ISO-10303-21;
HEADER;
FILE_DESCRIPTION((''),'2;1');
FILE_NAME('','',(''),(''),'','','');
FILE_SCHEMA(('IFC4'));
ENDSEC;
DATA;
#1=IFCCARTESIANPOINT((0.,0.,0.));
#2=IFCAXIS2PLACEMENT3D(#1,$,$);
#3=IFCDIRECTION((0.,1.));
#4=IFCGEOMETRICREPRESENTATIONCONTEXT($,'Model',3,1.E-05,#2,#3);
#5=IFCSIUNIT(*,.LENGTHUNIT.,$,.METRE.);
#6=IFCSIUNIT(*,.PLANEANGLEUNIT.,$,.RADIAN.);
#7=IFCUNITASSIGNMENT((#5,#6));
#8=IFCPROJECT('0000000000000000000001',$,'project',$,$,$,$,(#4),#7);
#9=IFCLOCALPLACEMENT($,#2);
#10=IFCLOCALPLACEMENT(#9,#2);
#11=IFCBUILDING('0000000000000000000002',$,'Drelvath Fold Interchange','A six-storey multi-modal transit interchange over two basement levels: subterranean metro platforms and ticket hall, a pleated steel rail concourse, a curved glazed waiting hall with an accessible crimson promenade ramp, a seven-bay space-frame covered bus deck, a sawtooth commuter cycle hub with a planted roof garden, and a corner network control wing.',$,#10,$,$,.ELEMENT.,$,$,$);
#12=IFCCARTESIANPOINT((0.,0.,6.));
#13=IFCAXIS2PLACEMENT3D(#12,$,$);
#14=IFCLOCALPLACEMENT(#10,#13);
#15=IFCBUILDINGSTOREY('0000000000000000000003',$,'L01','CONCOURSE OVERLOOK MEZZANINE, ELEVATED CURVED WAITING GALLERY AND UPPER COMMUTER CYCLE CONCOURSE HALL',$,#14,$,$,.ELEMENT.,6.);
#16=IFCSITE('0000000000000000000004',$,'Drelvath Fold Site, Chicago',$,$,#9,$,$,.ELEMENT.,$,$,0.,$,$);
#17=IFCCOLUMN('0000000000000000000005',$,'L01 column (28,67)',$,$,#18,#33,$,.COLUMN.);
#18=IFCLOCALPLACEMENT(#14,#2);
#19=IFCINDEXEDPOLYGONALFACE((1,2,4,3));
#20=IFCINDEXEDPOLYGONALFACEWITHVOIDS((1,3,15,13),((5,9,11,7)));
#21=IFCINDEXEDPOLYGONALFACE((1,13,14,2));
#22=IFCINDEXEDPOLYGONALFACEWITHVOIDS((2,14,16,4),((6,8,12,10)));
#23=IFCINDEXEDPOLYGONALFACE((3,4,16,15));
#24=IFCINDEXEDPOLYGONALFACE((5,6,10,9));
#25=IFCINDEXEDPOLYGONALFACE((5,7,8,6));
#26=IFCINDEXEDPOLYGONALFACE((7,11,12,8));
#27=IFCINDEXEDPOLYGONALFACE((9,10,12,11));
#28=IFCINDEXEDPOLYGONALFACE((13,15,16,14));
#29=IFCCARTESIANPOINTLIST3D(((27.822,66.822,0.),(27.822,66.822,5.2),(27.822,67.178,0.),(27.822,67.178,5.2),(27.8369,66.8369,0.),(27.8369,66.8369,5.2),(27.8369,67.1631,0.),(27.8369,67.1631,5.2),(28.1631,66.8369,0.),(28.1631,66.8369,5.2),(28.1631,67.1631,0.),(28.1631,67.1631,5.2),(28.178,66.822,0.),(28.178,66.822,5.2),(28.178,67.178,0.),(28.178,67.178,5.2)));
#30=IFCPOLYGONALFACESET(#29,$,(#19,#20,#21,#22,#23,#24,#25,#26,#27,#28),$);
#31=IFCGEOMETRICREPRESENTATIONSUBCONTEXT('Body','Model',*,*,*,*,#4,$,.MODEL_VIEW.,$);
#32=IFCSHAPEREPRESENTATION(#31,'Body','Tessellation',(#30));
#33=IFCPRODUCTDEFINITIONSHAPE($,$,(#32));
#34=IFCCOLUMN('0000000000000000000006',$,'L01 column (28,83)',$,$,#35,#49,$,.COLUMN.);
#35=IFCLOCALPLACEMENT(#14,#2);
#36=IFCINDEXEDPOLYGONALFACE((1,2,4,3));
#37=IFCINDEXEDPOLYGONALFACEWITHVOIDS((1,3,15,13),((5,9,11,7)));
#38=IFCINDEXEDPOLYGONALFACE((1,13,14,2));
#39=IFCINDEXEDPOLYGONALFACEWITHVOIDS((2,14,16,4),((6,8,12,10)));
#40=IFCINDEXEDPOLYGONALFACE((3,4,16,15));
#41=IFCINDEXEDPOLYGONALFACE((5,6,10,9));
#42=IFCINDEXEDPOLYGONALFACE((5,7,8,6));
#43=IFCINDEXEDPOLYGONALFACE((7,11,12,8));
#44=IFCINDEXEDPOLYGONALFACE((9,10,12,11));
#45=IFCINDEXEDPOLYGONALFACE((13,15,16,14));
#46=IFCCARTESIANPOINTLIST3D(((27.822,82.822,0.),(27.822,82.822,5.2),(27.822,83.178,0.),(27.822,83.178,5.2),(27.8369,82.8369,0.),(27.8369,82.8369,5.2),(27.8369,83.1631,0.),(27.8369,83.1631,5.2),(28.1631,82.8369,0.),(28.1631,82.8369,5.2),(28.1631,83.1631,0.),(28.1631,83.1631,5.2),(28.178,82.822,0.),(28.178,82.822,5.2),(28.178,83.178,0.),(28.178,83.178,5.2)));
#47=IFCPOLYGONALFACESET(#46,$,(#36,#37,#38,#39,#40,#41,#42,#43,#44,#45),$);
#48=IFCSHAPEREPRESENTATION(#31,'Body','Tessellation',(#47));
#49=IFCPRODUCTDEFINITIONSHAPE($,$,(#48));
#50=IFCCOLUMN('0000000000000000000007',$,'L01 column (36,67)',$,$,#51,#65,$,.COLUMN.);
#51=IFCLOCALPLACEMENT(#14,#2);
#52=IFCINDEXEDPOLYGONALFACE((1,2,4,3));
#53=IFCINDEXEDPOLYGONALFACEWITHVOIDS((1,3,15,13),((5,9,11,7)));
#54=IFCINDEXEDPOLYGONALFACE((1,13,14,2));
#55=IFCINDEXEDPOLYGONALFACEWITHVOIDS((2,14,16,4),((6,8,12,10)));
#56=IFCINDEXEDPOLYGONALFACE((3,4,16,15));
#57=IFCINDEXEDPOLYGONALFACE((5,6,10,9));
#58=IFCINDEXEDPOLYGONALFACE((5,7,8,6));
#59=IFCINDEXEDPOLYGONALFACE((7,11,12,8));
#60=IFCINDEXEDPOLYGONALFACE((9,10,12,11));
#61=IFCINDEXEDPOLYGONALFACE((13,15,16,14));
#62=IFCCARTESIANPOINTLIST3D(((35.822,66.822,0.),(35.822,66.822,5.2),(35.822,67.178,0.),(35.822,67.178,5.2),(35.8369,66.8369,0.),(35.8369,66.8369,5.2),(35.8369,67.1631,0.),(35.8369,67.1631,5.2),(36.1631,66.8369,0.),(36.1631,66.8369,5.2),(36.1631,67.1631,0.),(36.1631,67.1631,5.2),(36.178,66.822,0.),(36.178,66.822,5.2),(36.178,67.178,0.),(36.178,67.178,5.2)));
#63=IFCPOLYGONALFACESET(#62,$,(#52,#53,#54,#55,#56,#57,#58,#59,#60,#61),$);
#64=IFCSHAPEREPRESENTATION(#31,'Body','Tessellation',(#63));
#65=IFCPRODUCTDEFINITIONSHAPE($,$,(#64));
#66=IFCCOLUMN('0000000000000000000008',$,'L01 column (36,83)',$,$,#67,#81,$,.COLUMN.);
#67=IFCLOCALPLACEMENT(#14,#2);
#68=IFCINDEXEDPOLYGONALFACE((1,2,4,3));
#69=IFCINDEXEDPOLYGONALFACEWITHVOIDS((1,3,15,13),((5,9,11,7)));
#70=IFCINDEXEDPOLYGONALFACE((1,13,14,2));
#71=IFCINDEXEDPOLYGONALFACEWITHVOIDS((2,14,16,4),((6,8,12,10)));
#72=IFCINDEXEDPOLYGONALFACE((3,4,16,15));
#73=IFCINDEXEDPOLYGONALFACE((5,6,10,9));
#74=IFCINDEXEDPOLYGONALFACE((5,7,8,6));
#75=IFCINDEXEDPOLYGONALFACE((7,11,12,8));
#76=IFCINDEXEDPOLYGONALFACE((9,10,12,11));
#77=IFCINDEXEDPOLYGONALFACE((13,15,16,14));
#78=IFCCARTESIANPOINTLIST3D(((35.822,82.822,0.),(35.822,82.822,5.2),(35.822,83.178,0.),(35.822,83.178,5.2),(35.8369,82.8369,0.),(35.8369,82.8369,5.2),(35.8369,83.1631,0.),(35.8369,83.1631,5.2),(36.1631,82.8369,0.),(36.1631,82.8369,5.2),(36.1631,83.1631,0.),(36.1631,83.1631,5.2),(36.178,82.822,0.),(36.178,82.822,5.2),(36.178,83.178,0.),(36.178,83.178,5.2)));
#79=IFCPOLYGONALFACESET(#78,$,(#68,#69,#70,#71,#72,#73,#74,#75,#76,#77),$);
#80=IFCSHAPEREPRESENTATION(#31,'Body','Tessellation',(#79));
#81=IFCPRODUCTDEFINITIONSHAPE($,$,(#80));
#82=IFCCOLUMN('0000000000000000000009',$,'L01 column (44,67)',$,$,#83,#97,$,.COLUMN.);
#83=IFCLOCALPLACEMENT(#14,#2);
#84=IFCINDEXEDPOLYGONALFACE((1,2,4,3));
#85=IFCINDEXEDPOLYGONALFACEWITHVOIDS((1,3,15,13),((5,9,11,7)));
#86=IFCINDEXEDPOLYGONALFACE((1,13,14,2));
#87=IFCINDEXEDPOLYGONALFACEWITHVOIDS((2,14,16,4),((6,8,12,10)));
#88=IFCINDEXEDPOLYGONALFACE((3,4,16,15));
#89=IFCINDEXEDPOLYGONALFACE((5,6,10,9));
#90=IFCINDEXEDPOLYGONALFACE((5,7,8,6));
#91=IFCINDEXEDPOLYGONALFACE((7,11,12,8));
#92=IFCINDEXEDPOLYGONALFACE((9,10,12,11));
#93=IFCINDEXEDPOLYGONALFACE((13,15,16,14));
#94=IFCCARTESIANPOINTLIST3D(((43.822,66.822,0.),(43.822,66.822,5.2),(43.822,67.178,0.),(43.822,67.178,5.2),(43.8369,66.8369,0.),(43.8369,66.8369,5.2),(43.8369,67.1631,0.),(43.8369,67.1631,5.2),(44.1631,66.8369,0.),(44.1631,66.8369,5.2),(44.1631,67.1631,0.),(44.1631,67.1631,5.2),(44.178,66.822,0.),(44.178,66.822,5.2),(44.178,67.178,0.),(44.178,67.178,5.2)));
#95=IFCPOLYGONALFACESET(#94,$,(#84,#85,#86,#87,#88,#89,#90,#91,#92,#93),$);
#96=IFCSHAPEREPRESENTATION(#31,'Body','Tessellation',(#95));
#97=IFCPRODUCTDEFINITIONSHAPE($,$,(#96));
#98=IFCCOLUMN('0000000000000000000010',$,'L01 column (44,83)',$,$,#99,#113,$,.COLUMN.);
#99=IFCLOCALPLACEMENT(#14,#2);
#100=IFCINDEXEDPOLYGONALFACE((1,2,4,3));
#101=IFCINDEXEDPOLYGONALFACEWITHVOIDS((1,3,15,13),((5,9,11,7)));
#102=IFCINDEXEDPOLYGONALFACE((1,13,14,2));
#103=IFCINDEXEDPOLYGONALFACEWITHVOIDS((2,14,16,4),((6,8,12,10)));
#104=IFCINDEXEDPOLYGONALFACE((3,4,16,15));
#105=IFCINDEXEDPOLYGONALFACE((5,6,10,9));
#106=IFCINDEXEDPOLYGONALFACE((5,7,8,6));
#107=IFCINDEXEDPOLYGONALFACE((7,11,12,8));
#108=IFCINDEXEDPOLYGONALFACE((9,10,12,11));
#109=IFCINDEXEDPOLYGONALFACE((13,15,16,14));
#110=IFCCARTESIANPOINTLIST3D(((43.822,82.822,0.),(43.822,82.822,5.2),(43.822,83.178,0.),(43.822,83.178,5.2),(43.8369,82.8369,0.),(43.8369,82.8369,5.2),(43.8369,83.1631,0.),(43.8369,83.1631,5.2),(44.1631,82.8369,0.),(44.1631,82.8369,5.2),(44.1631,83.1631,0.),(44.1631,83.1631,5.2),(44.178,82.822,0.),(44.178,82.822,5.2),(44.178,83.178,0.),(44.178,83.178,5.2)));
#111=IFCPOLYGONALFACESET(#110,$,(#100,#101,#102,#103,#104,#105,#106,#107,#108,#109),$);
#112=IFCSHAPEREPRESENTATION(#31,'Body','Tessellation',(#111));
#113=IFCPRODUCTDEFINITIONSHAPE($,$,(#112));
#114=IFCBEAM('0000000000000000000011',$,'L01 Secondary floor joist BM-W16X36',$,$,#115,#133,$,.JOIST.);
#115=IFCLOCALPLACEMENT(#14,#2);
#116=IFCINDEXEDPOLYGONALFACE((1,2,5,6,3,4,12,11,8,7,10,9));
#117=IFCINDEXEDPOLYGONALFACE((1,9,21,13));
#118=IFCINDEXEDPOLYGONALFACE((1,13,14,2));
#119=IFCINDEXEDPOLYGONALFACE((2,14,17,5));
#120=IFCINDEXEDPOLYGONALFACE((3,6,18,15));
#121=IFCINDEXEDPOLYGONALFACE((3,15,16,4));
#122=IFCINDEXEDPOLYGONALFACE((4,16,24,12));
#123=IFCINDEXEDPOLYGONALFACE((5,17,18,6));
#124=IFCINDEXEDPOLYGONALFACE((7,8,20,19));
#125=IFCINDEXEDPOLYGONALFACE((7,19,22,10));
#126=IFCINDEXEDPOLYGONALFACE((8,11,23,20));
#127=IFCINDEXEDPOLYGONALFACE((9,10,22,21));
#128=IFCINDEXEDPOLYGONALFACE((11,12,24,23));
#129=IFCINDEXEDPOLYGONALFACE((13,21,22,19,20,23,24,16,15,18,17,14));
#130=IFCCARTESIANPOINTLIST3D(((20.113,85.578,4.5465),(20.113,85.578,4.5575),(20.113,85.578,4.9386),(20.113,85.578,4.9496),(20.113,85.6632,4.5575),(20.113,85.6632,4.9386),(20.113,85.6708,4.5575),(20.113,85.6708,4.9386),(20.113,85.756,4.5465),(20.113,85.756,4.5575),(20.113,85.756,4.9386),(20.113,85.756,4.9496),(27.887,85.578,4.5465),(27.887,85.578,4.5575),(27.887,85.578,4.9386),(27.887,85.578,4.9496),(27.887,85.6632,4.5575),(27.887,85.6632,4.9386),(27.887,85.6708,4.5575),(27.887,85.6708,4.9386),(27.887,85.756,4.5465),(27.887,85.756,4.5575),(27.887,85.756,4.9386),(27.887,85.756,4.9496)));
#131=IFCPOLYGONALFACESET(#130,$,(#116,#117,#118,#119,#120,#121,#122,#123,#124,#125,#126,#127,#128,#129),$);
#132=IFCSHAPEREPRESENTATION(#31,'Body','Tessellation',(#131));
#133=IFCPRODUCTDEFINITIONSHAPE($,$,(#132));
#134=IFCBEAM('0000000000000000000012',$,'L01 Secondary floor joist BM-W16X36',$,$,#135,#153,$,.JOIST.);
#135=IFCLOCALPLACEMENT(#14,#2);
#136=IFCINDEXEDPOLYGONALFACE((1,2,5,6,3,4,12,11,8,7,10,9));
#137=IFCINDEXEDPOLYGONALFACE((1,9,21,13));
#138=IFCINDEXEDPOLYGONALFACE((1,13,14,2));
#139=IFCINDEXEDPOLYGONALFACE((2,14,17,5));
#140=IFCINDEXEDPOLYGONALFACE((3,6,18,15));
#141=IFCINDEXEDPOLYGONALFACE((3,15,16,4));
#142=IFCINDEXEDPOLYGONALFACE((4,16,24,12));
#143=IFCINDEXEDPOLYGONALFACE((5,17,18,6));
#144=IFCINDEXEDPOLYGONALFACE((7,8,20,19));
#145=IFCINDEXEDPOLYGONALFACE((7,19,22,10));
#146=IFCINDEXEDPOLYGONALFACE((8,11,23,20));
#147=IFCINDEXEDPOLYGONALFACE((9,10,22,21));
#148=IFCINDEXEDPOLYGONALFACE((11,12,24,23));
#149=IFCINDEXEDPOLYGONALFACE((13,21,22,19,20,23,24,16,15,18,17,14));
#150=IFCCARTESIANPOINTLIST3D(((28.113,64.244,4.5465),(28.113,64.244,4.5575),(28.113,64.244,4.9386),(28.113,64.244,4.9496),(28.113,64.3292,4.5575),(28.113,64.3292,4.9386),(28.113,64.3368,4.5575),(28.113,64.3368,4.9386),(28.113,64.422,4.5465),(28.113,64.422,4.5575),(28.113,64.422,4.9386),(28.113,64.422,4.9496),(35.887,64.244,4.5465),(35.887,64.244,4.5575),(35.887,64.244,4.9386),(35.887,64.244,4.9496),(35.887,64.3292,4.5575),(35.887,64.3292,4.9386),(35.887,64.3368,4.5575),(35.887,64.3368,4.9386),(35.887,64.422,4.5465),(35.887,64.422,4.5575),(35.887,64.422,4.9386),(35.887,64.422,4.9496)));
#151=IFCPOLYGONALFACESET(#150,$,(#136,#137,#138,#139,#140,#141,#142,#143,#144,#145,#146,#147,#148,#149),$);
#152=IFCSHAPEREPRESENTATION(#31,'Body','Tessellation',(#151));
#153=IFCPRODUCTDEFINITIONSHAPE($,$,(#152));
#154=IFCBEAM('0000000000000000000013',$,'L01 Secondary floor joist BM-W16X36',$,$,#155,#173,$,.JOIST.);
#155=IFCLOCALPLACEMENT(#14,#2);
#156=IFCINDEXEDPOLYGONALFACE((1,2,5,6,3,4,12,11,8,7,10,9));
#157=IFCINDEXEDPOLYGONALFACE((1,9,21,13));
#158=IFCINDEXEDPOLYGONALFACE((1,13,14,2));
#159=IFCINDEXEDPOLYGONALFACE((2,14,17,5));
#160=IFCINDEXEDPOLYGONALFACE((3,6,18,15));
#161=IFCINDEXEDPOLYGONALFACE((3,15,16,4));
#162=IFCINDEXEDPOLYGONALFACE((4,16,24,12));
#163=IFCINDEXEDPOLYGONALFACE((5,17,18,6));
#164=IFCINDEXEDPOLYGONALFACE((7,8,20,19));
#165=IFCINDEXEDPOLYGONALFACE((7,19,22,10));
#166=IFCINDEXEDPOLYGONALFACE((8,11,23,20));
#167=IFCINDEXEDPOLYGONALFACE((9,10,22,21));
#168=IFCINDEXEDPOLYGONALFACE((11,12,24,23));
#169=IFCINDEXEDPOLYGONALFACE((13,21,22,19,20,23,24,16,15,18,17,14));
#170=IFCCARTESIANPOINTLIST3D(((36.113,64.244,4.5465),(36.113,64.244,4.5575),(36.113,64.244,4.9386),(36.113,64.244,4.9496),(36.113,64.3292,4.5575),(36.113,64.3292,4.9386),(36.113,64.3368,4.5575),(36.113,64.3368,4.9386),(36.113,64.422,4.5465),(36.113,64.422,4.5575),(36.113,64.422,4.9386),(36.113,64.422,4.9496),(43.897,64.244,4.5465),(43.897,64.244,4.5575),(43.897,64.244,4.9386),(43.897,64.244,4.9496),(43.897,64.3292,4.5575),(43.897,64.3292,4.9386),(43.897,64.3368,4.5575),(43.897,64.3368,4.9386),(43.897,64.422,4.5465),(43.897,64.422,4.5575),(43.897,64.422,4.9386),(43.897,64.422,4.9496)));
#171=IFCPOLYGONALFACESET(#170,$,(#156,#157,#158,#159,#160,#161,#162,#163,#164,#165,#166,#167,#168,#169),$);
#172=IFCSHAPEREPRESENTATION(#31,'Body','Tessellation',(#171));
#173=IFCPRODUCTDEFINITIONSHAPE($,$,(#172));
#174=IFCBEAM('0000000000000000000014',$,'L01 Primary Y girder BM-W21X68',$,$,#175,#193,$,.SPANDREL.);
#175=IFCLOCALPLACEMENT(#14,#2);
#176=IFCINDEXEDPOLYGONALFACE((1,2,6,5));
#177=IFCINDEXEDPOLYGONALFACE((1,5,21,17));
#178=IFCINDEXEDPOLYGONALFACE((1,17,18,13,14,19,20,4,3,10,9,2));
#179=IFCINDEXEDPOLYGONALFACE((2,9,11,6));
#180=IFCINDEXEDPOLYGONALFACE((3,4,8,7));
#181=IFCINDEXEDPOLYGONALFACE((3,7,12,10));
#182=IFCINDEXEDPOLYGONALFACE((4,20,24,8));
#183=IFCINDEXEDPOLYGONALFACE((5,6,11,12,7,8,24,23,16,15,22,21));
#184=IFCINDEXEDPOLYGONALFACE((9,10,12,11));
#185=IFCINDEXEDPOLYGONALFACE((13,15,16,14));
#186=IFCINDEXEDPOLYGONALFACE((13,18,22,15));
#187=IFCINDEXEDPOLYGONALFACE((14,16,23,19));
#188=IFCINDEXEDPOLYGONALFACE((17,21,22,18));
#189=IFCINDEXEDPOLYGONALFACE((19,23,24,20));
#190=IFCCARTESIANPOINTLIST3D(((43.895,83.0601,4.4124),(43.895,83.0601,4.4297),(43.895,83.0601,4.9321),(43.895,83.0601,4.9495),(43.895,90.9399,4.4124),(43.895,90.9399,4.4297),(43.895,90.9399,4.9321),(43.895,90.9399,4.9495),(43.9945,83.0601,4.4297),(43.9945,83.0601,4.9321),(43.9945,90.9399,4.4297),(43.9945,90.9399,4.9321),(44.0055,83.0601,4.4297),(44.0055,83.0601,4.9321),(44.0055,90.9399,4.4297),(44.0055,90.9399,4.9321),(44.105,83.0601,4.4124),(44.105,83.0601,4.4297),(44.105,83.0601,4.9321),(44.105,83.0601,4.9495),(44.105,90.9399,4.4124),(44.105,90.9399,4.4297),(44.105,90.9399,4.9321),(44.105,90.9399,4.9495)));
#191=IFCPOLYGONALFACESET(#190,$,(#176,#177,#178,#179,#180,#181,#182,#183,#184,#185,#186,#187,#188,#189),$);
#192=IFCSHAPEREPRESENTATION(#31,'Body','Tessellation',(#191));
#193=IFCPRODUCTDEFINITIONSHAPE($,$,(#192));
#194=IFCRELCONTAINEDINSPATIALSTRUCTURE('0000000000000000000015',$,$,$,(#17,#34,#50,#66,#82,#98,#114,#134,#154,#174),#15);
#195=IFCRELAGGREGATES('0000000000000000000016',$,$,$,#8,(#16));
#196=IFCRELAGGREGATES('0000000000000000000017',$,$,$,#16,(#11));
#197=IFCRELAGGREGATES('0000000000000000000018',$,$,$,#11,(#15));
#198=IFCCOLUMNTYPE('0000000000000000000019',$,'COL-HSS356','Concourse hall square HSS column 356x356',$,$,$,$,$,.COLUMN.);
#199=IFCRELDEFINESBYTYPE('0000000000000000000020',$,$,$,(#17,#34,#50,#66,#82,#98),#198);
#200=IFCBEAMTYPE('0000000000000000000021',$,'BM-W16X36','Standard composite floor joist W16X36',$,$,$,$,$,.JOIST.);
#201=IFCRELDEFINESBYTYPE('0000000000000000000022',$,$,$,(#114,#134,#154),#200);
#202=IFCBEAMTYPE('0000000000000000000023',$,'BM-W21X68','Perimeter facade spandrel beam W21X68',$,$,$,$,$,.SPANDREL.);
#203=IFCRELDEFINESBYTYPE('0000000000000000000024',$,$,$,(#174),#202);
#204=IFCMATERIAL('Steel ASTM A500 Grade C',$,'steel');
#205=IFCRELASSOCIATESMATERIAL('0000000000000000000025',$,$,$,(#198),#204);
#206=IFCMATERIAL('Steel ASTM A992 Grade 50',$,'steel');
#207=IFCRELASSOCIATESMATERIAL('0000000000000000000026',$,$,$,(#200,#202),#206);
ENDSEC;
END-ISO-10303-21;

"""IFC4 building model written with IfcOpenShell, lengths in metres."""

from ifc_helpers import new_model, si_unit, direction, frame, origin, origin_2d, place, context, subcontext, project, spatial, hollow_rectangle, i_section, extrude, material, material_profile, profile_set, type_object, element, save


model = new_model("IFC4")

# Units and contexts
model_context = context("Model", 3, precision=1e-05, world=origin(), true_north=direction((0.0, 1.0)))
body_context = subcontext(model_context, "Body", "Model", "MODEL_VIEW")
ifc_project = project(units=[si_unit("LENGTHUNIT", "METRE"), si_unit("PLANEANGLEUNIT", "RADIAN")], contexts=[model_context])

# Site, building, storey
site_placement = place(None, origin())
site = spatial("IfcSite", under=ifc_project, at=site_placement, Name="Drelvath Fold Site, Chicago", CompositionType="ELEMENT", RefElevation=0.0)
building_placement = place(site_placement, origin())
building = spatial("IfcBuilding", under=site, at=building_placement, Name="Drelvath Fold Interchange", Description="A six-storey multi-modal transit interchange over two basement levels: subterranean metro platforms and ticket hall, a pleated steel rail concourse, a curved glazed waiting hall with an accessible crimson promenade ramp, a seven-bay space-frame covered bus deck, a sawtooth commuter cycle hub with a planted roof garden, and a corner network control wing.", CompositionType="ELEMENT")
storey_placement = place(building_placement, frame((0.0, 0.0, 6.0)))
storey = spatial("IfcBuildingStorey", under=building, at=storey_placement, Name="L01", Description="CONCOURSE OVERLOOK MEZZANINE, ELEVATED CURVED WAITING GALLERY AND UPPER COMMUTER CYCLE CONCOURSE HALL", CompositionType="ELEMENT", Elevation=6.0)

# Columns
ifc_material_1 = material(Name="Steel ASTM A500 Grade C", Category="steel")
ifc_material_profile_1 = material_profile(ifc_material_1, hollow_rectangle(XDim=0.356, YDim=0.356, WallThickness=0.0149, at=origin_2d()), Name="HSS14X14X5/8")
ifc_profile_set_1 = profile_set([ifc_material_profile_1], Name="Steel ASTM A500 Grade C")
column_type = type_object("IfcColumnType", Name="COL-HSS356", Description="Concourse hall square HSS column 356x356", PredefinedType="COLUMN", material=ifc_profile_set_1)
for number, where, z_axis, x_axis, name in (
    (1, (28.0, 67.0, 0.0), (0.0, 0.0, 1.0), (1.0, 0.0, 0.0), "L01 column (28,67)"),
    (2, (28.0, 83.0, 0.0), (0.0, 0.0, 1.0), (1.0, 0.0, 0.0), "L01 column (28,83)"),
    (3, (36.0, 67.0, 0.0), (0.0, 0.0, 1.0), (1.0, 0.0, 0.0), "L01 column (36,67)"),
    (4, (36.0, 83.0, 0.0), (0.0, 0.0, 1.0), (1.0, 0.0, 0.0), "L01 column (36,83)"),
    (5, (44.0, 67.0, 0.0), (0.0, 0.0, 1.0), (1.0, 0.0, 0.0), "L01 column (44,67)"),
    (6, (44.0, 83.0, 0.0), (0.0, 0.0, 1.0), (1.0, 0.0, 0.0), "L01 column (44,83)"),
):
    element("IfcColumn", number, at=place(storey_placement, frame(where, z_axis=z_axis, x_axis=x_axis)), inside=storey, type_object=column_type, Name=name, PredefinedType="COLUMN", context=body_context, shape_type="SweptSolid", body=[
        extrude(hollow_rectangle(XDim=0.356, YDim=0.356, WallThickness=0.0149, at=origin_2d()), origin(), (0.0, 0.0, 1.0), 5.2),
    ])

# Beams
ifc_material_2 = material(Name="Steel ASTM A992 Grade 50", Category="steel")
ifc_material_profile_2 = material_profile(ifc_material_2, i_section(OverallWidth=0.178, OverallDepth=0.4031, WebThickness=0.0076, FlangeThickness=0.011, at=origin_2d()), Name="W16X36")
ifc_profile_set_2 = profile_set([ifc_material_profile_2], Name="Steel ASTM A992 Grade 50")
beam_type_1 = type_object("IfcBeamType", Name="BM-W16X36", Description="Standard composite floor joist W16X36", PredefinedType="JOIST", material=ifc_profile_set_2)
for number, where, z_axis, x_axis, name in (
    (7, (20.113, 85.667, 4.748), (1.0, 0.0, 0.0), (0.0, 1.0, 0.0), "L01 Secondary floor joist BM-W16X36"),
    (8, (28.113, 64.333, 4.748), (1.0, 0.0, 0.0), (0.0, 1.0, 0.0), "L01 Secondary floor joist BM-W16X36"),
):
    element("IfcBeam", number, at=place(storey_placement, frame(where, z_axis=z_axis, x_axis=x_axis)), inside=storey, type_object=beam_type_1, Name=name, PredefinedType="JOIST", context=body_context, shape_type="SweptSolid", body=[
        extrude(i_section(OverallWidth=0.178, OverallDepth=0.4031, WebThickness=0.0076, FlangeThickness=0.011, at=origin_2d()), origin(), (0.0, 0.0, 1.0), 7.7739),
    ])
beam_1_placement = place(storey_placement, frame((36.113, 64.333, 4.748), z_axis=(1.0, 0.0, 0.0), x_axis=(0.0, 1.0, 0.0)))
element("IfcBeam", 9, at=beam_1_placement, inside=storey, type_object=beam_type_1, Name="L01 Secondary floor joist BM-W16X36", PredefinedType="JOIST", context=body_context, shape_type="SweptSolid", body=[
    extrude(i_section(OverallWidth=0.178, OverallDepth=0.4031, WebThickness=0.0076, FlangeThickness=0.011, at=origin_2d()), origin(), (0.0, 0.0, 1.0), 7.7839),
])
ifc_material_profile_3 = material_profile(ifc_material_2, i_section(OverallWidth=0.21, OverallDepth=0.5371, WebThickness=0.011, FlangeThickness=0.0173, at=origin_2d()), Name="W21X68")
ifc_profile_set_3 = profile_set([ifc_material_profile_3], Name="Steel ASTM A992 Grade 50")
beam_type_2 = type_object("IfcBeamType", Name="BM-W21X68", Description="Perimeter facade spandrel beam W21X68", PredefinedType="SPANDREL", material=ifc_profile_set_3)
beam_2_placement = place(storey_placement, frame((44.0, 83.0601, 4.6809), z_axis=(0.0, 1.0, 0.0), x_axis=(-1.0, 0.0, 0.0)))
element("IfcBeam", 10, at=beam_2_placement, inside=storey, type_object=beam_type_2, Name="L01 Primary Y girder BM-W21X68", PredefinedType="SPANDREL", context=body_context, shape_type="SweptSolid", body=[
    extrude(i_section(OverallWidth=0.21, OverallDepth=0.5371, WebThickness=0.011, FlangeThickness=0.0173, at=origin_2d()), origin(), (0.0, 0.0, 1.0), 7.8799),
])

save(model, "model.ifc")
